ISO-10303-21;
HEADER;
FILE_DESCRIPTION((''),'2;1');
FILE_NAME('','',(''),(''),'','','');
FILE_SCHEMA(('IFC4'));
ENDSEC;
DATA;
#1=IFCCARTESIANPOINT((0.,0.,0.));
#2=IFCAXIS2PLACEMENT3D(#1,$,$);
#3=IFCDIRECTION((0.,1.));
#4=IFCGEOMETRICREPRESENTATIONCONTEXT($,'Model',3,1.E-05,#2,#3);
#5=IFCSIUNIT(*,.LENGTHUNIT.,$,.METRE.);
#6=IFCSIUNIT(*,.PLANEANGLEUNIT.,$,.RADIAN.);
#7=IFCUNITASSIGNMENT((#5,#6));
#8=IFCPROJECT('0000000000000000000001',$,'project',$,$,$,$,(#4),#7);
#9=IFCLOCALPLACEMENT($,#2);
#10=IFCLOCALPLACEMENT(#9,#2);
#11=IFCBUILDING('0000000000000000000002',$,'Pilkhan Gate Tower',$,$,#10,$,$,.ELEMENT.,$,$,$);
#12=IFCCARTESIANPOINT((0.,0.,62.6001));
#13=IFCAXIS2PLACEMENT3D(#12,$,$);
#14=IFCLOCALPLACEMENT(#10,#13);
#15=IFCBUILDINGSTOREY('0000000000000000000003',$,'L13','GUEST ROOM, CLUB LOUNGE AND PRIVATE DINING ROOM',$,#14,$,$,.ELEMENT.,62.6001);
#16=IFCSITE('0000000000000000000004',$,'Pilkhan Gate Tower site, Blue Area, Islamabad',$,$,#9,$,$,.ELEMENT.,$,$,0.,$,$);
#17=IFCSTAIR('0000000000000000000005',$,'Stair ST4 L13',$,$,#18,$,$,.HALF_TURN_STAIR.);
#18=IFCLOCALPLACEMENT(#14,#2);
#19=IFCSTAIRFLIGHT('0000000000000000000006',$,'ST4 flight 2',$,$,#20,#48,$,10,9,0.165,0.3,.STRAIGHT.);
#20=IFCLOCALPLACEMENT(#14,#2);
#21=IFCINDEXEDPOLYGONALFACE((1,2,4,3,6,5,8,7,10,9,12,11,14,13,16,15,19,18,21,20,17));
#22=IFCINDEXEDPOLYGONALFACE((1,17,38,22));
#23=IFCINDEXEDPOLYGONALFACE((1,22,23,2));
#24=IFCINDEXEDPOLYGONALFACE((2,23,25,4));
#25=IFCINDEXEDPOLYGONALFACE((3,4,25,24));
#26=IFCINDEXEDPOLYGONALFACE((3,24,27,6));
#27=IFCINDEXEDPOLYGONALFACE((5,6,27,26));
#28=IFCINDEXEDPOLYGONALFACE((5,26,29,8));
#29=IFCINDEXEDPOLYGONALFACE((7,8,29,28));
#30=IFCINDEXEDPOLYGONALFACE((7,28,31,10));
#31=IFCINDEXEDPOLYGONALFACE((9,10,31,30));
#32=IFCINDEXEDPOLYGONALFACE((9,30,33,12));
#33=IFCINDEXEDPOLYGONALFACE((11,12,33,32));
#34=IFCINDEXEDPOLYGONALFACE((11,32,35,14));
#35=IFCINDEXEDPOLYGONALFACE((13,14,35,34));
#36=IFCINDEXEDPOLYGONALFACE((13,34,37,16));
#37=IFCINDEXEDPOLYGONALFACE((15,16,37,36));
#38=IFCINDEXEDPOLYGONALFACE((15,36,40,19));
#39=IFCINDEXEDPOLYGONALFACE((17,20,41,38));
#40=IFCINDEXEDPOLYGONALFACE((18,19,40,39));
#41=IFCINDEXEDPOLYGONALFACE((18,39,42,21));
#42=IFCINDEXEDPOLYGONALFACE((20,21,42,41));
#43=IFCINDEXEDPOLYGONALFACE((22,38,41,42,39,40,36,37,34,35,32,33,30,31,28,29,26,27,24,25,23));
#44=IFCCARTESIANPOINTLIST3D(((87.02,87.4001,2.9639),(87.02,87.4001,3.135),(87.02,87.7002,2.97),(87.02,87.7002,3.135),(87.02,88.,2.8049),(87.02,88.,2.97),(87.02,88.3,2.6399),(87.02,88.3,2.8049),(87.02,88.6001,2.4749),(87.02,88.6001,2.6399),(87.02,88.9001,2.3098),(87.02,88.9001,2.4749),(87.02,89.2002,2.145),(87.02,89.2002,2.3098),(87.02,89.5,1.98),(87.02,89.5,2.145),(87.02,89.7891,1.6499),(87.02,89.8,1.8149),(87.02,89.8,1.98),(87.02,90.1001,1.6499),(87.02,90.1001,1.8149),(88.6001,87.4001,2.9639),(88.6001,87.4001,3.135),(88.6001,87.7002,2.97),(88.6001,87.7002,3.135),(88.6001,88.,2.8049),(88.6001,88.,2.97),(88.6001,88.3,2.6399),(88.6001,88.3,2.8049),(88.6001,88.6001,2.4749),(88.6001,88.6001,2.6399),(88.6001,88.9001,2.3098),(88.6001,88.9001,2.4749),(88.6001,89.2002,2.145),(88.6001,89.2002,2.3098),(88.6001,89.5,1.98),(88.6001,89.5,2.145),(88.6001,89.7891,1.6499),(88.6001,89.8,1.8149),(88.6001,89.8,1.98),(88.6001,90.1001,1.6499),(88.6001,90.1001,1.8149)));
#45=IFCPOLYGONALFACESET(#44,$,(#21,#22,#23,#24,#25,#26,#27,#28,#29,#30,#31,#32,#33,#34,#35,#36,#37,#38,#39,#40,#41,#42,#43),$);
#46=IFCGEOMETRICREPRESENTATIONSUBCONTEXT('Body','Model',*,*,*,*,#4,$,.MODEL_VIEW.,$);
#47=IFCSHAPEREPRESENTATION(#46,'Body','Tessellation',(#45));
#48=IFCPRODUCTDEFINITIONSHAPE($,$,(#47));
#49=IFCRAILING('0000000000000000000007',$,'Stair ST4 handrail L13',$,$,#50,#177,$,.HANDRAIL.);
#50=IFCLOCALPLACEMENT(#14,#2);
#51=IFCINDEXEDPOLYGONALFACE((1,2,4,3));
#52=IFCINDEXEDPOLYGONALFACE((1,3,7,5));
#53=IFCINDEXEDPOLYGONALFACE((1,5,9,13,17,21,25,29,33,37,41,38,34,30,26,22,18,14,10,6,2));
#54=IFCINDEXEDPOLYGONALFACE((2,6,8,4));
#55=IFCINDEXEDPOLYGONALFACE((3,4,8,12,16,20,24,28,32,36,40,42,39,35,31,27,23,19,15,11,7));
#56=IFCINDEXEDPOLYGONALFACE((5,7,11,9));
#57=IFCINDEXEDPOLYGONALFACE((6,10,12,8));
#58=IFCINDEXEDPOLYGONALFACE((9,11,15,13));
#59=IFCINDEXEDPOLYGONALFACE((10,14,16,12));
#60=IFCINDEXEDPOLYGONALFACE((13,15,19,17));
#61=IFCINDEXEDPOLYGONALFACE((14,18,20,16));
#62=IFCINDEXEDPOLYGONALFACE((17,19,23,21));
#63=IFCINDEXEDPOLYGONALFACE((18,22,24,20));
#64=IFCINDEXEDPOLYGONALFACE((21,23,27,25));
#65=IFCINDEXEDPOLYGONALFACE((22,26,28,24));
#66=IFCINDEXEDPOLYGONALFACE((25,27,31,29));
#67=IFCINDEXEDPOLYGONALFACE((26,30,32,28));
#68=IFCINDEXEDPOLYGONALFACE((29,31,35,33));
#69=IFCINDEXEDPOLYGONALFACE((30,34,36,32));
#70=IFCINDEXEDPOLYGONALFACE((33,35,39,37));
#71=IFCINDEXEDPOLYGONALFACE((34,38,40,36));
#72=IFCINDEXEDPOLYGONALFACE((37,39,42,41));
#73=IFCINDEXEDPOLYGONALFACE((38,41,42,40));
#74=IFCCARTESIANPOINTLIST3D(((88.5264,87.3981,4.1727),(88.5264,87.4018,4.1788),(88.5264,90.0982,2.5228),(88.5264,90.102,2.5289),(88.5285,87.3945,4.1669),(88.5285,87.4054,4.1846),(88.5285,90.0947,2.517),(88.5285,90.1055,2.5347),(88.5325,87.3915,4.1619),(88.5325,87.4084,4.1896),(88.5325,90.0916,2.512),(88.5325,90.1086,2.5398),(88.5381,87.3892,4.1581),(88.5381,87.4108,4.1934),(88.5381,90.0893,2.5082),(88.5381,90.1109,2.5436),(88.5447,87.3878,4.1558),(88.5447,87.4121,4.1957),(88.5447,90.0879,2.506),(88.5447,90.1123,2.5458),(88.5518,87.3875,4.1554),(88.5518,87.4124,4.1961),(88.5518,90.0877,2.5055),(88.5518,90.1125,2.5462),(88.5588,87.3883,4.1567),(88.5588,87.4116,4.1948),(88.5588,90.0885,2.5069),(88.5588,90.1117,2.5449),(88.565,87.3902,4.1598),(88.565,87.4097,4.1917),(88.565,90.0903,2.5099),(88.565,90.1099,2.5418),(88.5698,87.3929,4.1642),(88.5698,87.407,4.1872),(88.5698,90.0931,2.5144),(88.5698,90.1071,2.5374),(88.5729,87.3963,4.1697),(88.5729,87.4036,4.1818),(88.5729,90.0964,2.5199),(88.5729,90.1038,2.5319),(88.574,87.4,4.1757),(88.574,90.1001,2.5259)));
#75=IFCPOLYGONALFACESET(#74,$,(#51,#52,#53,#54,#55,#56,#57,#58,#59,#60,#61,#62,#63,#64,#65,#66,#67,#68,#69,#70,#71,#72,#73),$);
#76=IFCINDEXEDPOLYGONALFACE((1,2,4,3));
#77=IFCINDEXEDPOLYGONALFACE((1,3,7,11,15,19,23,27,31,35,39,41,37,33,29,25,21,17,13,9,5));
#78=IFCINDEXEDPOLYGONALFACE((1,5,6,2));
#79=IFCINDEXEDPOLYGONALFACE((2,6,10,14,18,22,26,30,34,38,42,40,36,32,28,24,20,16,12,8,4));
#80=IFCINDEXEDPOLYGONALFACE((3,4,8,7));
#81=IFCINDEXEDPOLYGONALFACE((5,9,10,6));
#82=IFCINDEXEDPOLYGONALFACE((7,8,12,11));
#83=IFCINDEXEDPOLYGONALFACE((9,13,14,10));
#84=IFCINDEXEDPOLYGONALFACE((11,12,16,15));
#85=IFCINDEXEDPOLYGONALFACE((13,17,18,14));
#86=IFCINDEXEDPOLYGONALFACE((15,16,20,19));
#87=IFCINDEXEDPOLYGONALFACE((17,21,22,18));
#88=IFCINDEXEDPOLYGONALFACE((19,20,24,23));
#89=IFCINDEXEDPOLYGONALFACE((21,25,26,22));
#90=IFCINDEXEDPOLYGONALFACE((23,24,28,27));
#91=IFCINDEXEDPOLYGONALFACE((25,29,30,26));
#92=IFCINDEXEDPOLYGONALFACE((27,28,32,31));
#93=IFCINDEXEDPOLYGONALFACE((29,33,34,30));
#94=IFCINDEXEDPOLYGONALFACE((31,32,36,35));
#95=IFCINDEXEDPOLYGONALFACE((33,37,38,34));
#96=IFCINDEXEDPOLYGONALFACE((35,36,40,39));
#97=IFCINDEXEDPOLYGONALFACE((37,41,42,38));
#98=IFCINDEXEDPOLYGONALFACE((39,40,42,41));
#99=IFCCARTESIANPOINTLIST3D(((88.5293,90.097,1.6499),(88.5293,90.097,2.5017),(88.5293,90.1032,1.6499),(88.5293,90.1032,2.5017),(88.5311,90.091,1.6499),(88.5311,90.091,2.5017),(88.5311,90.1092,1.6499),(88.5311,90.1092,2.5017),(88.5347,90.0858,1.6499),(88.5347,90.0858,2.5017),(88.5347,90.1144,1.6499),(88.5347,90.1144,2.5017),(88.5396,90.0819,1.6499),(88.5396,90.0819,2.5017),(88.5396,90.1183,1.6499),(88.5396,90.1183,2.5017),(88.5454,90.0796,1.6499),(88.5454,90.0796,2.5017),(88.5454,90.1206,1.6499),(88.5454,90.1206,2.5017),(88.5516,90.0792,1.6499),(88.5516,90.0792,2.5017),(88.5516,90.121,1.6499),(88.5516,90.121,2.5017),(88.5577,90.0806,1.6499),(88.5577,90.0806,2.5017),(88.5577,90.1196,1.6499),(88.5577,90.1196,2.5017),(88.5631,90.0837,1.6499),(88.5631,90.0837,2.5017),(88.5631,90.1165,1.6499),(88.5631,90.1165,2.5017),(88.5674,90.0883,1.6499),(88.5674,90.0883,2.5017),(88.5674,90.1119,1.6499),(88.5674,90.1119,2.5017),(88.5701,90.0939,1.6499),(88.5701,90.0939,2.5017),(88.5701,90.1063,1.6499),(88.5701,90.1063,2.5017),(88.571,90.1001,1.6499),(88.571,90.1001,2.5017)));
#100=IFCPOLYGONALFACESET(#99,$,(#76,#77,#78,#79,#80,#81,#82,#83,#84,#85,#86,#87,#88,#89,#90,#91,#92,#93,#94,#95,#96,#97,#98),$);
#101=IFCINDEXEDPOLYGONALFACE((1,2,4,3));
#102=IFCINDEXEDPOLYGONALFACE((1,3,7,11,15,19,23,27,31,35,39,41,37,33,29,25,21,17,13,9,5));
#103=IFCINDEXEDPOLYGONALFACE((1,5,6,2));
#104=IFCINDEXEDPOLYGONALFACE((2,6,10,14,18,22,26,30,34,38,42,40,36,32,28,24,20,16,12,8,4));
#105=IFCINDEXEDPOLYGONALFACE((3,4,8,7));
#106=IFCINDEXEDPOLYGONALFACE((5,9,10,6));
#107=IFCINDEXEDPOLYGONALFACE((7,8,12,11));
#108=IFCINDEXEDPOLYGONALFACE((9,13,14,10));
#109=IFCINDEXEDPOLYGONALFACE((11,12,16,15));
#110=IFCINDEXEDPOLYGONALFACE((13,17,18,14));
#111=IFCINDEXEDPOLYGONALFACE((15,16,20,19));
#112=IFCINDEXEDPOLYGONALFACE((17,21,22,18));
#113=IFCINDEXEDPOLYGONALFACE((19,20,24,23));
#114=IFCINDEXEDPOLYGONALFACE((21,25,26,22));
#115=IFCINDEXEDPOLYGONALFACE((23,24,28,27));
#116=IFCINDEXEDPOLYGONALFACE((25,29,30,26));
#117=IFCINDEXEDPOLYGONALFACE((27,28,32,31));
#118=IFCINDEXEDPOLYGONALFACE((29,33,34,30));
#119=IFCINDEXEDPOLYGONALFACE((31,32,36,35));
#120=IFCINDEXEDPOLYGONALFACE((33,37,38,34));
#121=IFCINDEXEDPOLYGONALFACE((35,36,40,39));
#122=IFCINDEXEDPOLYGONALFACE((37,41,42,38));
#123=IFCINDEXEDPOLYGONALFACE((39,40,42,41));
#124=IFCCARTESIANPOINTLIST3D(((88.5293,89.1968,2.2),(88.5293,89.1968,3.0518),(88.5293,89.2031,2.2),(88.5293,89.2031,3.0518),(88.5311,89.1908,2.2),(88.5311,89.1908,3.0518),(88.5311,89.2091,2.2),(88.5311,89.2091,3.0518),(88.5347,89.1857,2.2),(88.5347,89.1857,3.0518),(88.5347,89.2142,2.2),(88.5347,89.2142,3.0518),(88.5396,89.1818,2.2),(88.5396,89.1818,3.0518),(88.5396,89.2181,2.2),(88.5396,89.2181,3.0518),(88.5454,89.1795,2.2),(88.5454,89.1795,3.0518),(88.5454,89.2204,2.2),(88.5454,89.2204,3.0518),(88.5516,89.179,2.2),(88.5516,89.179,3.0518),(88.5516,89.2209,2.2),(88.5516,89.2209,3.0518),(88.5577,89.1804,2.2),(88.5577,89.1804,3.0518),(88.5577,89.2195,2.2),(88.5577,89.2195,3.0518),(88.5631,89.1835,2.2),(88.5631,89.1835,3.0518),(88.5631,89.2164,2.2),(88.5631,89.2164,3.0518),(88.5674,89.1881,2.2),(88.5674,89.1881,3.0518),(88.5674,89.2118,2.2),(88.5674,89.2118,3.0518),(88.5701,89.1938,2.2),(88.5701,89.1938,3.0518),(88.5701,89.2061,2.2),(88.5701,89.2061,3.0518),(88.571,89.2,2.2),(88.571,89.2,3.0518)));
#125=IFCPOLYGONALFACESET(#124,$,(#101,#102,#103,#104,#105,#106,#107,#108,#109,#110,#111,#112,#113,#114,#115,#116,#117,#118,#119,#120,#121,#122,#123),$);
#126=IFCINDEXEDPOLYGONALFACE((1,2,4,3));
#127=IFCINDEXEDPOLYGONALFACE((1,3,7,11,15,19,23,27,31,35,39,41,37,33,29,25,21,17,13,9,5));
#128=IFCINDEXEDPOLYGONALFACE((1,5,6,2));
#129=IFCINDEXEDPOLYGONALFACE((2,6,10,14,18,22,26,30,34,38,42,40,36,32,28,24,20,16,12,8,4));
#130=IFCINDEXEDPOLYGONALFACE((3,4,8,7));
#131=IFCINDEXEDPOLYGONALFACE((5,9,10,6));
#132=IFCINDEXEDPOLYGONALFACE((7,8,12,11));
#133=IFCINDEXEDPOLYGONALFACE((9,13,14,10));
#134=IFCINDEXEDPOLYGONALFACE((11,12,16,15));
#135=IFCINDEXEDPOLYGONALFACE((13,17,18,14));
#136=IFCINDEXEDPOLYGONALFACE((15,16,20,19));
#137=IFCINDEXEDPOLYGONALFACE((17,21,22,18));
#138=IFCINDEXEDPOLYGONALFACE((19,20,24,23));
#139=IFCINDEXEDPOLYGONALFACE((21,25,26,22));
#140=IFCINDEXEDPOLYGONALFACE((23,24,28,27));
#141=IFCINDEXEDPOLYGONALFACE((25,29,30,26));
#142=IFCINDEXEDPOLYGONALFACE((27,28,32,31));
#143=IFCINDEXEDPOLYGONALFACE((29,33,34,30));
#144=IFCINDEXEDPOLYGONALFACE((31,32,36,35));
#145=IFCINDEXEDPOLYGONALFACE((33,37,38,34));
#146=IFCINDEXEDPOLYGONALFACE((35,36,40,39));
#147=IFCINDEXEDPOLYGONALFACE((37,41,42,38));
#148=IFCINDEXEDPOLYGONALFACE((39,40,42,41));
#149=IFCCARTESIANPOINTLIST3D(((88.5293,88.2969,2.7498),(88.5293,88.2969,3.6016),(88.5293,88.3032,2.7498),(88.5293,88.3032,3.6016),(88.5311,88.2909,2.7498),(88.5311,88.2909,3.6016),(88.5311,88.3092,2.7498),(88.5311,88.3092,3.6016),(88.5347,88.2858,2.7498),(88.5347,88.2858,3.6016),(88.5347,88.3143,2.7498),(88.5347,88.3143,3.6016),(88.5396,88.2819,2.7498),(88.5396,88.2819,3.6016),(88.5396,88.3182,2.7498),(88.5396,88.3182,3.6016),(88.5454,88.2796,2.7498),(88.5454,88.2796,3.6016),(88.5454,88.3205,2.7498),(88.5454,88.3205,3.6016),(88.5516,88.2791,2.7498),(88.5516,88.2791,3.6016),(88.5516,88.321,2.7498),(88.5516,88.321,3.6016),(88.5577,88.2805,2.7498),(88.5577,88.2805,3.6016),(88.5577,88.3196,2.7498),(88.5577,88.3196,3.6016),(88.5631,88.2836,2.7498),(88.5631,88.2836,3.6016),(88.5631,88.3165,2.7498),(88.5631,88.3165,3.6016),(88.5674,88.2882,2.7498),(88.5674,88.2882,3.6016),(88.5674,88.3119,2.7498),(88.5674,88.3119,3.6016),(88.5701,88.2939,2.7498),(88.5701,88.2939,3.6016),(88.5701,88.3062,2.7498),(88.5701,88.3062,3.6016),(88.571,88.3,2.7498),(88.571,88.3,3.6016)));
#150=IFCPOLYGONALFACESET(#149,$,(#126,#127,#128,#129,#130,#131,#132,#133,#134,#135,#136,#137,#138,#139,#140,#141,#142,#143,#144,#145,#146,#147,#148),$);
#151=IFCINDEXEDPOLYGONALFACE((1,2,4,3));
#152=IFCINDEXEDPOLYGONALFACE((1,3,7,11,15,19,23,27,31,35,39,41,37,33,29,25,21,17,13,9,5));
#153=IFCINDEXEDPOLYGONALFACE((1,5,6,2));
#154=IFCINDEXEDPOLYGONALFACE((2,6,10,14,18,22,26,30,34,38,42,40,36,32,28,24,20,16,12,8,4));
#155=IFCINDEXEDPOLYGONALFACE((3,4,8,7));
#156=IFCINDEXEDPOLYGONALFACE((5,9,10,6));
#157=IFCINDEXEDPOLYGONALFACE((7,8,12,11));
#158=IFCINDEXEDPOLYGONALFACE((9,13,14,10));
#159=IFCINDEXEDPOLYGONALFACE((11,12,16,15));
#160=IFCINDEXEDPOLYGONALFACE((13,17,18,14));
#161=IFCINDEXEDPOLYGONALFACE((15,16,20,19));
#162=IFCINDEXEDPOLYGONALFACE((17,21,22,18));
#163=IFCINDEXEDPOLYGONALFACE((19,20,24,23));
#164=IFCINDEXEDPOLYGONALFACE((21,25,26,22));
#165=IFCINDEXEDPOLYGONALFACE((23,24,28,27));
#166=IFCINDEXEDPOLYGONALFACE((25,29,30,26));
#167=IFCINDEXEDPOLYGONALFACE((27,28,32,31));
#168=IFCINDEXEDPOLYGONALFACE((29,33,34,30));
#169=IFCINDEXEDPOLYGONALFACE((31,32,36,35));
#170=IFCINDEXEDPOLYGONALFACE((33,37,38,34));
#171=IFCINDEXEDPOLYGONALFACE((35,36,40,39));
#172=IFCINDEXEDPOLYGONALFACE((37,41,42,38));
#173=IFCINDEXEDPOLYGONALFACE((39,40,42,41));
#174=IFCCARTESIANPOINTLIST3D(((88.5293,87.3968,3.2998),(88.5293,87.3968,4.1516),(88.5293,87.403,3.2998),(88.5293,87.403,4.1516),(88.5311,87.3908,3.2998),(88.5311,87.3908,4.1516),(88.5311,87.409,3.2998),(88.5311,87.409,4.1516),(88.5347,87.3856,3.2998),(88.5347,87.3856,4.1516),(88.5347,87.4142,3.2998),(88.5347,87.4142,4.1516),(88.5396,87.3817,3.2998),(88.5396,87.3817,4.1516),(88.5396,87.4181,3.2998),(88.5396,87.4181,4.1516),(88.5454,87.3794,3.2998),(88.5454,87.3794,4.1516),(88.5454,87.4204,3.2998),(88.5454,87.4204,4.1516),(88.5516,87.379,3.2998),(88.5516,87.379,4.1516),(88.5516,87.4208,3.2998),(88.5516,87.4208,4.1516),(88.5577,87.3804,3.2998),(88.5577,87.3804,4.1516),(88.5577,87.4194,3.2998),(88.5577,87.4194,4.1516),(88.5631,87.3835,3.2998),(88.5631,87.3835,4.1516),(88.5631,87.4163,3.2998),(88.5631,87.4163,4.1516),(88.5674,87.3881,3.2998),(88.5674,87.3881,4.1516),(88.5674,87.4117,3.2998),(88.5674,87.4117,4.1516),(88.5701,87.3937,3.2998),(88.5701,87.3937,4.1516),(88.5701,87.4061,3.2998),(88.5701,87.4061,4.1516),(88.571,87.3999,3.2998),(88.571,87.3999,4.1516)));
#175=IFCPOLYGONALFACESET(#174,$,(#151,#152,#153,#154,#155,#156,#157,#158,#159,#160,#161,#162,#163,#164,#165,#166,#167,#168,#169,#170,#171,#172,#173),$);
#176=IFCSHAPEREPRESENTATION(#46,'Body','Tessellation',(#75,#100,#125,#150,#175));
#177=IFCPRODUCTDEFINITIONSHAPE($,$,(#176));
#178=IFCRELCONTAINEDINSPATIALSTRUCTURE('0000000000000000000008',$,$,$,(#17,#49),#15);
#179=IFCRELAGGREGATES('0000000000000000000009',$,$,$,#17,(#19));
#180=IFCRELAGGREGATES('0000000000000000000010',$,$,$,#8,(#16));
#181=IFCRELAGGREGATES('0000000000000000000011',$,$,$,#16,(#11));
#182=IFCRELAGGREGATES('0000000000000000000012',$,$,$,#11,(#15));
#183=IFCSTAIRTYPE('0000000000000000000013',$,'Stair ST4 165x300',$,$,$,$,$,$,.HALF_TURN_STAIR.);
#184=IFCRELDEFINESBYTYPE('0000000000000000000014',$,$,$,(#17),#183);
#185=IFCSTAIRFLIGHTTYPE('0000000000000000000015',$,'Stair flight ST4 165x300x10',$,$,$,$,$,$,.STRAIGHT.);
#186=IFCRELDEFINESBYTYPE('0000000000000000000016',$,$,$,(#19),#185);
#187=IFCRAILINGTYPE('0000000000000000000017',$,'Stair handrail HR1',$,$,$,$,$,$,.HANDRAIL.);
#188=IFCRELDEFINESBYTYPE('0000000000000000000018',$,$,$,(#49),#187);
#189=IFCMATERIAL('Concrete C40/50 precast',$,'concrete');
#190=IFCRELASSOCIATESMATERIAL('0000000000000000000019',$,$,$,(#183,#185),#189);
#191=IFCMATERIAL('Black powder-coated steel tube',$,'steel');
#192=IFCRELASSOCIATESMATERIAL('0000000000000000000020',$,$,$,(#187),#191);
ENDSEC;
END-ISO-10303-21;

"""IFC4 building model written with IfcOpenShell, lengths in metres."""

from ifc_helpers import new_model, si_unit, direction, frame, origin, origin_2d, place, context, subcontext, project, spatial, polyline, circle, outline, extrude, material, type_object, element, aggregate, save


model = new_model("IFC4")

# Units and contexts
model_context = context("Model", 3, precision=1e-05, world=origin(), true_north=direction((0.0, 1.0)))
body_context = subcontext(model_context, "Body", "Model", "MODEL_VIEW")
ifc_project = project(units=[si_unit("LENGTHUNIT", "METRE"), si_unit("PLANEANGLEUNIT", "RADIAN")], contexts=[model_context])

# Site, building, storey
site_placement = place(None, origin())
site = spatial("IfcSite", under=ifc_project, at=site_placement, Name="Pilkhan Gate Tower site, Blue Area, Islamabad", CompositionType="ELEMENT", RefElevation=0.0)
building_placement = place(site_placement, origin())
building = spatial("IfcBuilding", under=site, at=building_placement, Name="Pilkhan Gate Tower", CompositionType="ELEMENT")
storey_placement = place(building_placement, frame((0.0, 0.0, 62.6001)))
storey = spatial("IfcBuildingStorey", under=building, at=storey_placement, Name="L13", Description="GUEST ROOM, CLUB LOUNGE AND PRIVATE DINING ROOM", CompositionType="ELEMENT", Elevation=62.6001)

# Stair, stair flight
ifc_material_1 = material(Name="Concrete C40/50 precast", Category="concrete")
stair_type = type_object("IfcStairType", Name="Stair ST4 165x300", PredefinedType="HALF_TURN_STAIR", material=ifc_material_1)
stair_placement = place(storey_placement, origin())
stair = element("IfcStair", 1, at=stair_placement, inside=storey, type_object=stair_type, Name="Stair ST4 L13", PredefinedType="HALF_TURN_STAIR")
stair_flight_type = type_object("IfcStairFlightType", Name="Stair flight ST4 165x300x10", PredefinedType="STRAIGHT", material=ifc_material_1)
stair_flight_placement = place(storey_placement, frame((87.8101, 90.1001, 1.6499), z_axis=(0.0, 0.0, 1.0), x_axis=(0.0, -1.0, 0.0)))
stair_flight = element("IfcStairFlight", 2, at=stair_flight_placement, type_object=stair_flight_type, Name="ST4 flight 2", NumberOfRisers=10, NumberOfTreads=9, PredefinedType="STRAIGHT", RiserHeight=0.165, TreadLength=0.3, context=body_context, shape_type="SweptSolid", body=[
    extrude(outline(polyline([(0.0, 0.0), (0.0, 0.165), (0.3, 0.165), (0.3, 0.3301), (0.6001, 0.3301), (0.6001, 0.4951), (0.8999, 0.4951), (0.8999, 0.6599), (1.2, 0.6599), (1.2, 0.825), (1.5, 0.825), (1.5, 0.99), (1.8, 0.99), (1.8, 1.155), (2.1001, 1.155), (2.1001, 1.3201), (2.3999, 1.3201), (2.3999, 1.4851), (2.7, 1.4851), (2.7, 1.6499), (2.7, 1.314), (0.311, 0.0), (0.0, 0.0)])), frame((0.0, 0.79, 0.0), z_axis=(0.0, -1.0, 0.0), x_axis=(1.0, 0.0, 0.0)), (0.0, 0.0, 1.0), 1.5801),
])
aggregate(stair, [stair_flight])

# Railing
ifc_material_2 = material(Name="Black powder-coated steel tube", Category="steel")
railing_type_1 = type_object("IfcRailingType", Name="Stair handrail HR1", PredefinedType="HANDRAIL", material=ifc_material_2)
railing_1_placement = place(storey_placement, frame((88.55, 90.1001, 1.6499)))
element("IfcRailing", 3, at=railing_1_placement, inside=storey, type_object=railing_type_1, Name="Stair ST4 handrail L13", PredefinedType="HANDRAIL", context=body_context, shape_type="SweptSolid", body=[
    extrude(circle(Radius=0.0239, at=origin_2d()), frame((0.0, 0.0, 0.876), z_axis=(0.0, -0.853312, 0.5214), x_axis=(1.0, 0.0, 0.0)), (0.0, 0.0, 1.0), 3.1643),
    extrude(circle(Radius=0.021, at=origin_2d()), origin(), (0.0, 0.0, 1.0), 0.8518),
    extrude(circle(Radius=0.021, at=origin_2d()), frame((0.0, -0.9001, 0.55)), (0.0, 0.0, 1.0), 0.8518),
    extrude(circle(Radius=0.021, at=origin_2d()), frame((0.0, -1.8, 1.0999)), (0.0, 0.0, 1.0), 0.8518),
    extrude(circle(Radius=0.021, at=origin_2d()), frame((0.0, -2.7002, 1.6499)), (0.0, 0.0, 1.0), 0.8518),
])

save(model, "model.ifc")
